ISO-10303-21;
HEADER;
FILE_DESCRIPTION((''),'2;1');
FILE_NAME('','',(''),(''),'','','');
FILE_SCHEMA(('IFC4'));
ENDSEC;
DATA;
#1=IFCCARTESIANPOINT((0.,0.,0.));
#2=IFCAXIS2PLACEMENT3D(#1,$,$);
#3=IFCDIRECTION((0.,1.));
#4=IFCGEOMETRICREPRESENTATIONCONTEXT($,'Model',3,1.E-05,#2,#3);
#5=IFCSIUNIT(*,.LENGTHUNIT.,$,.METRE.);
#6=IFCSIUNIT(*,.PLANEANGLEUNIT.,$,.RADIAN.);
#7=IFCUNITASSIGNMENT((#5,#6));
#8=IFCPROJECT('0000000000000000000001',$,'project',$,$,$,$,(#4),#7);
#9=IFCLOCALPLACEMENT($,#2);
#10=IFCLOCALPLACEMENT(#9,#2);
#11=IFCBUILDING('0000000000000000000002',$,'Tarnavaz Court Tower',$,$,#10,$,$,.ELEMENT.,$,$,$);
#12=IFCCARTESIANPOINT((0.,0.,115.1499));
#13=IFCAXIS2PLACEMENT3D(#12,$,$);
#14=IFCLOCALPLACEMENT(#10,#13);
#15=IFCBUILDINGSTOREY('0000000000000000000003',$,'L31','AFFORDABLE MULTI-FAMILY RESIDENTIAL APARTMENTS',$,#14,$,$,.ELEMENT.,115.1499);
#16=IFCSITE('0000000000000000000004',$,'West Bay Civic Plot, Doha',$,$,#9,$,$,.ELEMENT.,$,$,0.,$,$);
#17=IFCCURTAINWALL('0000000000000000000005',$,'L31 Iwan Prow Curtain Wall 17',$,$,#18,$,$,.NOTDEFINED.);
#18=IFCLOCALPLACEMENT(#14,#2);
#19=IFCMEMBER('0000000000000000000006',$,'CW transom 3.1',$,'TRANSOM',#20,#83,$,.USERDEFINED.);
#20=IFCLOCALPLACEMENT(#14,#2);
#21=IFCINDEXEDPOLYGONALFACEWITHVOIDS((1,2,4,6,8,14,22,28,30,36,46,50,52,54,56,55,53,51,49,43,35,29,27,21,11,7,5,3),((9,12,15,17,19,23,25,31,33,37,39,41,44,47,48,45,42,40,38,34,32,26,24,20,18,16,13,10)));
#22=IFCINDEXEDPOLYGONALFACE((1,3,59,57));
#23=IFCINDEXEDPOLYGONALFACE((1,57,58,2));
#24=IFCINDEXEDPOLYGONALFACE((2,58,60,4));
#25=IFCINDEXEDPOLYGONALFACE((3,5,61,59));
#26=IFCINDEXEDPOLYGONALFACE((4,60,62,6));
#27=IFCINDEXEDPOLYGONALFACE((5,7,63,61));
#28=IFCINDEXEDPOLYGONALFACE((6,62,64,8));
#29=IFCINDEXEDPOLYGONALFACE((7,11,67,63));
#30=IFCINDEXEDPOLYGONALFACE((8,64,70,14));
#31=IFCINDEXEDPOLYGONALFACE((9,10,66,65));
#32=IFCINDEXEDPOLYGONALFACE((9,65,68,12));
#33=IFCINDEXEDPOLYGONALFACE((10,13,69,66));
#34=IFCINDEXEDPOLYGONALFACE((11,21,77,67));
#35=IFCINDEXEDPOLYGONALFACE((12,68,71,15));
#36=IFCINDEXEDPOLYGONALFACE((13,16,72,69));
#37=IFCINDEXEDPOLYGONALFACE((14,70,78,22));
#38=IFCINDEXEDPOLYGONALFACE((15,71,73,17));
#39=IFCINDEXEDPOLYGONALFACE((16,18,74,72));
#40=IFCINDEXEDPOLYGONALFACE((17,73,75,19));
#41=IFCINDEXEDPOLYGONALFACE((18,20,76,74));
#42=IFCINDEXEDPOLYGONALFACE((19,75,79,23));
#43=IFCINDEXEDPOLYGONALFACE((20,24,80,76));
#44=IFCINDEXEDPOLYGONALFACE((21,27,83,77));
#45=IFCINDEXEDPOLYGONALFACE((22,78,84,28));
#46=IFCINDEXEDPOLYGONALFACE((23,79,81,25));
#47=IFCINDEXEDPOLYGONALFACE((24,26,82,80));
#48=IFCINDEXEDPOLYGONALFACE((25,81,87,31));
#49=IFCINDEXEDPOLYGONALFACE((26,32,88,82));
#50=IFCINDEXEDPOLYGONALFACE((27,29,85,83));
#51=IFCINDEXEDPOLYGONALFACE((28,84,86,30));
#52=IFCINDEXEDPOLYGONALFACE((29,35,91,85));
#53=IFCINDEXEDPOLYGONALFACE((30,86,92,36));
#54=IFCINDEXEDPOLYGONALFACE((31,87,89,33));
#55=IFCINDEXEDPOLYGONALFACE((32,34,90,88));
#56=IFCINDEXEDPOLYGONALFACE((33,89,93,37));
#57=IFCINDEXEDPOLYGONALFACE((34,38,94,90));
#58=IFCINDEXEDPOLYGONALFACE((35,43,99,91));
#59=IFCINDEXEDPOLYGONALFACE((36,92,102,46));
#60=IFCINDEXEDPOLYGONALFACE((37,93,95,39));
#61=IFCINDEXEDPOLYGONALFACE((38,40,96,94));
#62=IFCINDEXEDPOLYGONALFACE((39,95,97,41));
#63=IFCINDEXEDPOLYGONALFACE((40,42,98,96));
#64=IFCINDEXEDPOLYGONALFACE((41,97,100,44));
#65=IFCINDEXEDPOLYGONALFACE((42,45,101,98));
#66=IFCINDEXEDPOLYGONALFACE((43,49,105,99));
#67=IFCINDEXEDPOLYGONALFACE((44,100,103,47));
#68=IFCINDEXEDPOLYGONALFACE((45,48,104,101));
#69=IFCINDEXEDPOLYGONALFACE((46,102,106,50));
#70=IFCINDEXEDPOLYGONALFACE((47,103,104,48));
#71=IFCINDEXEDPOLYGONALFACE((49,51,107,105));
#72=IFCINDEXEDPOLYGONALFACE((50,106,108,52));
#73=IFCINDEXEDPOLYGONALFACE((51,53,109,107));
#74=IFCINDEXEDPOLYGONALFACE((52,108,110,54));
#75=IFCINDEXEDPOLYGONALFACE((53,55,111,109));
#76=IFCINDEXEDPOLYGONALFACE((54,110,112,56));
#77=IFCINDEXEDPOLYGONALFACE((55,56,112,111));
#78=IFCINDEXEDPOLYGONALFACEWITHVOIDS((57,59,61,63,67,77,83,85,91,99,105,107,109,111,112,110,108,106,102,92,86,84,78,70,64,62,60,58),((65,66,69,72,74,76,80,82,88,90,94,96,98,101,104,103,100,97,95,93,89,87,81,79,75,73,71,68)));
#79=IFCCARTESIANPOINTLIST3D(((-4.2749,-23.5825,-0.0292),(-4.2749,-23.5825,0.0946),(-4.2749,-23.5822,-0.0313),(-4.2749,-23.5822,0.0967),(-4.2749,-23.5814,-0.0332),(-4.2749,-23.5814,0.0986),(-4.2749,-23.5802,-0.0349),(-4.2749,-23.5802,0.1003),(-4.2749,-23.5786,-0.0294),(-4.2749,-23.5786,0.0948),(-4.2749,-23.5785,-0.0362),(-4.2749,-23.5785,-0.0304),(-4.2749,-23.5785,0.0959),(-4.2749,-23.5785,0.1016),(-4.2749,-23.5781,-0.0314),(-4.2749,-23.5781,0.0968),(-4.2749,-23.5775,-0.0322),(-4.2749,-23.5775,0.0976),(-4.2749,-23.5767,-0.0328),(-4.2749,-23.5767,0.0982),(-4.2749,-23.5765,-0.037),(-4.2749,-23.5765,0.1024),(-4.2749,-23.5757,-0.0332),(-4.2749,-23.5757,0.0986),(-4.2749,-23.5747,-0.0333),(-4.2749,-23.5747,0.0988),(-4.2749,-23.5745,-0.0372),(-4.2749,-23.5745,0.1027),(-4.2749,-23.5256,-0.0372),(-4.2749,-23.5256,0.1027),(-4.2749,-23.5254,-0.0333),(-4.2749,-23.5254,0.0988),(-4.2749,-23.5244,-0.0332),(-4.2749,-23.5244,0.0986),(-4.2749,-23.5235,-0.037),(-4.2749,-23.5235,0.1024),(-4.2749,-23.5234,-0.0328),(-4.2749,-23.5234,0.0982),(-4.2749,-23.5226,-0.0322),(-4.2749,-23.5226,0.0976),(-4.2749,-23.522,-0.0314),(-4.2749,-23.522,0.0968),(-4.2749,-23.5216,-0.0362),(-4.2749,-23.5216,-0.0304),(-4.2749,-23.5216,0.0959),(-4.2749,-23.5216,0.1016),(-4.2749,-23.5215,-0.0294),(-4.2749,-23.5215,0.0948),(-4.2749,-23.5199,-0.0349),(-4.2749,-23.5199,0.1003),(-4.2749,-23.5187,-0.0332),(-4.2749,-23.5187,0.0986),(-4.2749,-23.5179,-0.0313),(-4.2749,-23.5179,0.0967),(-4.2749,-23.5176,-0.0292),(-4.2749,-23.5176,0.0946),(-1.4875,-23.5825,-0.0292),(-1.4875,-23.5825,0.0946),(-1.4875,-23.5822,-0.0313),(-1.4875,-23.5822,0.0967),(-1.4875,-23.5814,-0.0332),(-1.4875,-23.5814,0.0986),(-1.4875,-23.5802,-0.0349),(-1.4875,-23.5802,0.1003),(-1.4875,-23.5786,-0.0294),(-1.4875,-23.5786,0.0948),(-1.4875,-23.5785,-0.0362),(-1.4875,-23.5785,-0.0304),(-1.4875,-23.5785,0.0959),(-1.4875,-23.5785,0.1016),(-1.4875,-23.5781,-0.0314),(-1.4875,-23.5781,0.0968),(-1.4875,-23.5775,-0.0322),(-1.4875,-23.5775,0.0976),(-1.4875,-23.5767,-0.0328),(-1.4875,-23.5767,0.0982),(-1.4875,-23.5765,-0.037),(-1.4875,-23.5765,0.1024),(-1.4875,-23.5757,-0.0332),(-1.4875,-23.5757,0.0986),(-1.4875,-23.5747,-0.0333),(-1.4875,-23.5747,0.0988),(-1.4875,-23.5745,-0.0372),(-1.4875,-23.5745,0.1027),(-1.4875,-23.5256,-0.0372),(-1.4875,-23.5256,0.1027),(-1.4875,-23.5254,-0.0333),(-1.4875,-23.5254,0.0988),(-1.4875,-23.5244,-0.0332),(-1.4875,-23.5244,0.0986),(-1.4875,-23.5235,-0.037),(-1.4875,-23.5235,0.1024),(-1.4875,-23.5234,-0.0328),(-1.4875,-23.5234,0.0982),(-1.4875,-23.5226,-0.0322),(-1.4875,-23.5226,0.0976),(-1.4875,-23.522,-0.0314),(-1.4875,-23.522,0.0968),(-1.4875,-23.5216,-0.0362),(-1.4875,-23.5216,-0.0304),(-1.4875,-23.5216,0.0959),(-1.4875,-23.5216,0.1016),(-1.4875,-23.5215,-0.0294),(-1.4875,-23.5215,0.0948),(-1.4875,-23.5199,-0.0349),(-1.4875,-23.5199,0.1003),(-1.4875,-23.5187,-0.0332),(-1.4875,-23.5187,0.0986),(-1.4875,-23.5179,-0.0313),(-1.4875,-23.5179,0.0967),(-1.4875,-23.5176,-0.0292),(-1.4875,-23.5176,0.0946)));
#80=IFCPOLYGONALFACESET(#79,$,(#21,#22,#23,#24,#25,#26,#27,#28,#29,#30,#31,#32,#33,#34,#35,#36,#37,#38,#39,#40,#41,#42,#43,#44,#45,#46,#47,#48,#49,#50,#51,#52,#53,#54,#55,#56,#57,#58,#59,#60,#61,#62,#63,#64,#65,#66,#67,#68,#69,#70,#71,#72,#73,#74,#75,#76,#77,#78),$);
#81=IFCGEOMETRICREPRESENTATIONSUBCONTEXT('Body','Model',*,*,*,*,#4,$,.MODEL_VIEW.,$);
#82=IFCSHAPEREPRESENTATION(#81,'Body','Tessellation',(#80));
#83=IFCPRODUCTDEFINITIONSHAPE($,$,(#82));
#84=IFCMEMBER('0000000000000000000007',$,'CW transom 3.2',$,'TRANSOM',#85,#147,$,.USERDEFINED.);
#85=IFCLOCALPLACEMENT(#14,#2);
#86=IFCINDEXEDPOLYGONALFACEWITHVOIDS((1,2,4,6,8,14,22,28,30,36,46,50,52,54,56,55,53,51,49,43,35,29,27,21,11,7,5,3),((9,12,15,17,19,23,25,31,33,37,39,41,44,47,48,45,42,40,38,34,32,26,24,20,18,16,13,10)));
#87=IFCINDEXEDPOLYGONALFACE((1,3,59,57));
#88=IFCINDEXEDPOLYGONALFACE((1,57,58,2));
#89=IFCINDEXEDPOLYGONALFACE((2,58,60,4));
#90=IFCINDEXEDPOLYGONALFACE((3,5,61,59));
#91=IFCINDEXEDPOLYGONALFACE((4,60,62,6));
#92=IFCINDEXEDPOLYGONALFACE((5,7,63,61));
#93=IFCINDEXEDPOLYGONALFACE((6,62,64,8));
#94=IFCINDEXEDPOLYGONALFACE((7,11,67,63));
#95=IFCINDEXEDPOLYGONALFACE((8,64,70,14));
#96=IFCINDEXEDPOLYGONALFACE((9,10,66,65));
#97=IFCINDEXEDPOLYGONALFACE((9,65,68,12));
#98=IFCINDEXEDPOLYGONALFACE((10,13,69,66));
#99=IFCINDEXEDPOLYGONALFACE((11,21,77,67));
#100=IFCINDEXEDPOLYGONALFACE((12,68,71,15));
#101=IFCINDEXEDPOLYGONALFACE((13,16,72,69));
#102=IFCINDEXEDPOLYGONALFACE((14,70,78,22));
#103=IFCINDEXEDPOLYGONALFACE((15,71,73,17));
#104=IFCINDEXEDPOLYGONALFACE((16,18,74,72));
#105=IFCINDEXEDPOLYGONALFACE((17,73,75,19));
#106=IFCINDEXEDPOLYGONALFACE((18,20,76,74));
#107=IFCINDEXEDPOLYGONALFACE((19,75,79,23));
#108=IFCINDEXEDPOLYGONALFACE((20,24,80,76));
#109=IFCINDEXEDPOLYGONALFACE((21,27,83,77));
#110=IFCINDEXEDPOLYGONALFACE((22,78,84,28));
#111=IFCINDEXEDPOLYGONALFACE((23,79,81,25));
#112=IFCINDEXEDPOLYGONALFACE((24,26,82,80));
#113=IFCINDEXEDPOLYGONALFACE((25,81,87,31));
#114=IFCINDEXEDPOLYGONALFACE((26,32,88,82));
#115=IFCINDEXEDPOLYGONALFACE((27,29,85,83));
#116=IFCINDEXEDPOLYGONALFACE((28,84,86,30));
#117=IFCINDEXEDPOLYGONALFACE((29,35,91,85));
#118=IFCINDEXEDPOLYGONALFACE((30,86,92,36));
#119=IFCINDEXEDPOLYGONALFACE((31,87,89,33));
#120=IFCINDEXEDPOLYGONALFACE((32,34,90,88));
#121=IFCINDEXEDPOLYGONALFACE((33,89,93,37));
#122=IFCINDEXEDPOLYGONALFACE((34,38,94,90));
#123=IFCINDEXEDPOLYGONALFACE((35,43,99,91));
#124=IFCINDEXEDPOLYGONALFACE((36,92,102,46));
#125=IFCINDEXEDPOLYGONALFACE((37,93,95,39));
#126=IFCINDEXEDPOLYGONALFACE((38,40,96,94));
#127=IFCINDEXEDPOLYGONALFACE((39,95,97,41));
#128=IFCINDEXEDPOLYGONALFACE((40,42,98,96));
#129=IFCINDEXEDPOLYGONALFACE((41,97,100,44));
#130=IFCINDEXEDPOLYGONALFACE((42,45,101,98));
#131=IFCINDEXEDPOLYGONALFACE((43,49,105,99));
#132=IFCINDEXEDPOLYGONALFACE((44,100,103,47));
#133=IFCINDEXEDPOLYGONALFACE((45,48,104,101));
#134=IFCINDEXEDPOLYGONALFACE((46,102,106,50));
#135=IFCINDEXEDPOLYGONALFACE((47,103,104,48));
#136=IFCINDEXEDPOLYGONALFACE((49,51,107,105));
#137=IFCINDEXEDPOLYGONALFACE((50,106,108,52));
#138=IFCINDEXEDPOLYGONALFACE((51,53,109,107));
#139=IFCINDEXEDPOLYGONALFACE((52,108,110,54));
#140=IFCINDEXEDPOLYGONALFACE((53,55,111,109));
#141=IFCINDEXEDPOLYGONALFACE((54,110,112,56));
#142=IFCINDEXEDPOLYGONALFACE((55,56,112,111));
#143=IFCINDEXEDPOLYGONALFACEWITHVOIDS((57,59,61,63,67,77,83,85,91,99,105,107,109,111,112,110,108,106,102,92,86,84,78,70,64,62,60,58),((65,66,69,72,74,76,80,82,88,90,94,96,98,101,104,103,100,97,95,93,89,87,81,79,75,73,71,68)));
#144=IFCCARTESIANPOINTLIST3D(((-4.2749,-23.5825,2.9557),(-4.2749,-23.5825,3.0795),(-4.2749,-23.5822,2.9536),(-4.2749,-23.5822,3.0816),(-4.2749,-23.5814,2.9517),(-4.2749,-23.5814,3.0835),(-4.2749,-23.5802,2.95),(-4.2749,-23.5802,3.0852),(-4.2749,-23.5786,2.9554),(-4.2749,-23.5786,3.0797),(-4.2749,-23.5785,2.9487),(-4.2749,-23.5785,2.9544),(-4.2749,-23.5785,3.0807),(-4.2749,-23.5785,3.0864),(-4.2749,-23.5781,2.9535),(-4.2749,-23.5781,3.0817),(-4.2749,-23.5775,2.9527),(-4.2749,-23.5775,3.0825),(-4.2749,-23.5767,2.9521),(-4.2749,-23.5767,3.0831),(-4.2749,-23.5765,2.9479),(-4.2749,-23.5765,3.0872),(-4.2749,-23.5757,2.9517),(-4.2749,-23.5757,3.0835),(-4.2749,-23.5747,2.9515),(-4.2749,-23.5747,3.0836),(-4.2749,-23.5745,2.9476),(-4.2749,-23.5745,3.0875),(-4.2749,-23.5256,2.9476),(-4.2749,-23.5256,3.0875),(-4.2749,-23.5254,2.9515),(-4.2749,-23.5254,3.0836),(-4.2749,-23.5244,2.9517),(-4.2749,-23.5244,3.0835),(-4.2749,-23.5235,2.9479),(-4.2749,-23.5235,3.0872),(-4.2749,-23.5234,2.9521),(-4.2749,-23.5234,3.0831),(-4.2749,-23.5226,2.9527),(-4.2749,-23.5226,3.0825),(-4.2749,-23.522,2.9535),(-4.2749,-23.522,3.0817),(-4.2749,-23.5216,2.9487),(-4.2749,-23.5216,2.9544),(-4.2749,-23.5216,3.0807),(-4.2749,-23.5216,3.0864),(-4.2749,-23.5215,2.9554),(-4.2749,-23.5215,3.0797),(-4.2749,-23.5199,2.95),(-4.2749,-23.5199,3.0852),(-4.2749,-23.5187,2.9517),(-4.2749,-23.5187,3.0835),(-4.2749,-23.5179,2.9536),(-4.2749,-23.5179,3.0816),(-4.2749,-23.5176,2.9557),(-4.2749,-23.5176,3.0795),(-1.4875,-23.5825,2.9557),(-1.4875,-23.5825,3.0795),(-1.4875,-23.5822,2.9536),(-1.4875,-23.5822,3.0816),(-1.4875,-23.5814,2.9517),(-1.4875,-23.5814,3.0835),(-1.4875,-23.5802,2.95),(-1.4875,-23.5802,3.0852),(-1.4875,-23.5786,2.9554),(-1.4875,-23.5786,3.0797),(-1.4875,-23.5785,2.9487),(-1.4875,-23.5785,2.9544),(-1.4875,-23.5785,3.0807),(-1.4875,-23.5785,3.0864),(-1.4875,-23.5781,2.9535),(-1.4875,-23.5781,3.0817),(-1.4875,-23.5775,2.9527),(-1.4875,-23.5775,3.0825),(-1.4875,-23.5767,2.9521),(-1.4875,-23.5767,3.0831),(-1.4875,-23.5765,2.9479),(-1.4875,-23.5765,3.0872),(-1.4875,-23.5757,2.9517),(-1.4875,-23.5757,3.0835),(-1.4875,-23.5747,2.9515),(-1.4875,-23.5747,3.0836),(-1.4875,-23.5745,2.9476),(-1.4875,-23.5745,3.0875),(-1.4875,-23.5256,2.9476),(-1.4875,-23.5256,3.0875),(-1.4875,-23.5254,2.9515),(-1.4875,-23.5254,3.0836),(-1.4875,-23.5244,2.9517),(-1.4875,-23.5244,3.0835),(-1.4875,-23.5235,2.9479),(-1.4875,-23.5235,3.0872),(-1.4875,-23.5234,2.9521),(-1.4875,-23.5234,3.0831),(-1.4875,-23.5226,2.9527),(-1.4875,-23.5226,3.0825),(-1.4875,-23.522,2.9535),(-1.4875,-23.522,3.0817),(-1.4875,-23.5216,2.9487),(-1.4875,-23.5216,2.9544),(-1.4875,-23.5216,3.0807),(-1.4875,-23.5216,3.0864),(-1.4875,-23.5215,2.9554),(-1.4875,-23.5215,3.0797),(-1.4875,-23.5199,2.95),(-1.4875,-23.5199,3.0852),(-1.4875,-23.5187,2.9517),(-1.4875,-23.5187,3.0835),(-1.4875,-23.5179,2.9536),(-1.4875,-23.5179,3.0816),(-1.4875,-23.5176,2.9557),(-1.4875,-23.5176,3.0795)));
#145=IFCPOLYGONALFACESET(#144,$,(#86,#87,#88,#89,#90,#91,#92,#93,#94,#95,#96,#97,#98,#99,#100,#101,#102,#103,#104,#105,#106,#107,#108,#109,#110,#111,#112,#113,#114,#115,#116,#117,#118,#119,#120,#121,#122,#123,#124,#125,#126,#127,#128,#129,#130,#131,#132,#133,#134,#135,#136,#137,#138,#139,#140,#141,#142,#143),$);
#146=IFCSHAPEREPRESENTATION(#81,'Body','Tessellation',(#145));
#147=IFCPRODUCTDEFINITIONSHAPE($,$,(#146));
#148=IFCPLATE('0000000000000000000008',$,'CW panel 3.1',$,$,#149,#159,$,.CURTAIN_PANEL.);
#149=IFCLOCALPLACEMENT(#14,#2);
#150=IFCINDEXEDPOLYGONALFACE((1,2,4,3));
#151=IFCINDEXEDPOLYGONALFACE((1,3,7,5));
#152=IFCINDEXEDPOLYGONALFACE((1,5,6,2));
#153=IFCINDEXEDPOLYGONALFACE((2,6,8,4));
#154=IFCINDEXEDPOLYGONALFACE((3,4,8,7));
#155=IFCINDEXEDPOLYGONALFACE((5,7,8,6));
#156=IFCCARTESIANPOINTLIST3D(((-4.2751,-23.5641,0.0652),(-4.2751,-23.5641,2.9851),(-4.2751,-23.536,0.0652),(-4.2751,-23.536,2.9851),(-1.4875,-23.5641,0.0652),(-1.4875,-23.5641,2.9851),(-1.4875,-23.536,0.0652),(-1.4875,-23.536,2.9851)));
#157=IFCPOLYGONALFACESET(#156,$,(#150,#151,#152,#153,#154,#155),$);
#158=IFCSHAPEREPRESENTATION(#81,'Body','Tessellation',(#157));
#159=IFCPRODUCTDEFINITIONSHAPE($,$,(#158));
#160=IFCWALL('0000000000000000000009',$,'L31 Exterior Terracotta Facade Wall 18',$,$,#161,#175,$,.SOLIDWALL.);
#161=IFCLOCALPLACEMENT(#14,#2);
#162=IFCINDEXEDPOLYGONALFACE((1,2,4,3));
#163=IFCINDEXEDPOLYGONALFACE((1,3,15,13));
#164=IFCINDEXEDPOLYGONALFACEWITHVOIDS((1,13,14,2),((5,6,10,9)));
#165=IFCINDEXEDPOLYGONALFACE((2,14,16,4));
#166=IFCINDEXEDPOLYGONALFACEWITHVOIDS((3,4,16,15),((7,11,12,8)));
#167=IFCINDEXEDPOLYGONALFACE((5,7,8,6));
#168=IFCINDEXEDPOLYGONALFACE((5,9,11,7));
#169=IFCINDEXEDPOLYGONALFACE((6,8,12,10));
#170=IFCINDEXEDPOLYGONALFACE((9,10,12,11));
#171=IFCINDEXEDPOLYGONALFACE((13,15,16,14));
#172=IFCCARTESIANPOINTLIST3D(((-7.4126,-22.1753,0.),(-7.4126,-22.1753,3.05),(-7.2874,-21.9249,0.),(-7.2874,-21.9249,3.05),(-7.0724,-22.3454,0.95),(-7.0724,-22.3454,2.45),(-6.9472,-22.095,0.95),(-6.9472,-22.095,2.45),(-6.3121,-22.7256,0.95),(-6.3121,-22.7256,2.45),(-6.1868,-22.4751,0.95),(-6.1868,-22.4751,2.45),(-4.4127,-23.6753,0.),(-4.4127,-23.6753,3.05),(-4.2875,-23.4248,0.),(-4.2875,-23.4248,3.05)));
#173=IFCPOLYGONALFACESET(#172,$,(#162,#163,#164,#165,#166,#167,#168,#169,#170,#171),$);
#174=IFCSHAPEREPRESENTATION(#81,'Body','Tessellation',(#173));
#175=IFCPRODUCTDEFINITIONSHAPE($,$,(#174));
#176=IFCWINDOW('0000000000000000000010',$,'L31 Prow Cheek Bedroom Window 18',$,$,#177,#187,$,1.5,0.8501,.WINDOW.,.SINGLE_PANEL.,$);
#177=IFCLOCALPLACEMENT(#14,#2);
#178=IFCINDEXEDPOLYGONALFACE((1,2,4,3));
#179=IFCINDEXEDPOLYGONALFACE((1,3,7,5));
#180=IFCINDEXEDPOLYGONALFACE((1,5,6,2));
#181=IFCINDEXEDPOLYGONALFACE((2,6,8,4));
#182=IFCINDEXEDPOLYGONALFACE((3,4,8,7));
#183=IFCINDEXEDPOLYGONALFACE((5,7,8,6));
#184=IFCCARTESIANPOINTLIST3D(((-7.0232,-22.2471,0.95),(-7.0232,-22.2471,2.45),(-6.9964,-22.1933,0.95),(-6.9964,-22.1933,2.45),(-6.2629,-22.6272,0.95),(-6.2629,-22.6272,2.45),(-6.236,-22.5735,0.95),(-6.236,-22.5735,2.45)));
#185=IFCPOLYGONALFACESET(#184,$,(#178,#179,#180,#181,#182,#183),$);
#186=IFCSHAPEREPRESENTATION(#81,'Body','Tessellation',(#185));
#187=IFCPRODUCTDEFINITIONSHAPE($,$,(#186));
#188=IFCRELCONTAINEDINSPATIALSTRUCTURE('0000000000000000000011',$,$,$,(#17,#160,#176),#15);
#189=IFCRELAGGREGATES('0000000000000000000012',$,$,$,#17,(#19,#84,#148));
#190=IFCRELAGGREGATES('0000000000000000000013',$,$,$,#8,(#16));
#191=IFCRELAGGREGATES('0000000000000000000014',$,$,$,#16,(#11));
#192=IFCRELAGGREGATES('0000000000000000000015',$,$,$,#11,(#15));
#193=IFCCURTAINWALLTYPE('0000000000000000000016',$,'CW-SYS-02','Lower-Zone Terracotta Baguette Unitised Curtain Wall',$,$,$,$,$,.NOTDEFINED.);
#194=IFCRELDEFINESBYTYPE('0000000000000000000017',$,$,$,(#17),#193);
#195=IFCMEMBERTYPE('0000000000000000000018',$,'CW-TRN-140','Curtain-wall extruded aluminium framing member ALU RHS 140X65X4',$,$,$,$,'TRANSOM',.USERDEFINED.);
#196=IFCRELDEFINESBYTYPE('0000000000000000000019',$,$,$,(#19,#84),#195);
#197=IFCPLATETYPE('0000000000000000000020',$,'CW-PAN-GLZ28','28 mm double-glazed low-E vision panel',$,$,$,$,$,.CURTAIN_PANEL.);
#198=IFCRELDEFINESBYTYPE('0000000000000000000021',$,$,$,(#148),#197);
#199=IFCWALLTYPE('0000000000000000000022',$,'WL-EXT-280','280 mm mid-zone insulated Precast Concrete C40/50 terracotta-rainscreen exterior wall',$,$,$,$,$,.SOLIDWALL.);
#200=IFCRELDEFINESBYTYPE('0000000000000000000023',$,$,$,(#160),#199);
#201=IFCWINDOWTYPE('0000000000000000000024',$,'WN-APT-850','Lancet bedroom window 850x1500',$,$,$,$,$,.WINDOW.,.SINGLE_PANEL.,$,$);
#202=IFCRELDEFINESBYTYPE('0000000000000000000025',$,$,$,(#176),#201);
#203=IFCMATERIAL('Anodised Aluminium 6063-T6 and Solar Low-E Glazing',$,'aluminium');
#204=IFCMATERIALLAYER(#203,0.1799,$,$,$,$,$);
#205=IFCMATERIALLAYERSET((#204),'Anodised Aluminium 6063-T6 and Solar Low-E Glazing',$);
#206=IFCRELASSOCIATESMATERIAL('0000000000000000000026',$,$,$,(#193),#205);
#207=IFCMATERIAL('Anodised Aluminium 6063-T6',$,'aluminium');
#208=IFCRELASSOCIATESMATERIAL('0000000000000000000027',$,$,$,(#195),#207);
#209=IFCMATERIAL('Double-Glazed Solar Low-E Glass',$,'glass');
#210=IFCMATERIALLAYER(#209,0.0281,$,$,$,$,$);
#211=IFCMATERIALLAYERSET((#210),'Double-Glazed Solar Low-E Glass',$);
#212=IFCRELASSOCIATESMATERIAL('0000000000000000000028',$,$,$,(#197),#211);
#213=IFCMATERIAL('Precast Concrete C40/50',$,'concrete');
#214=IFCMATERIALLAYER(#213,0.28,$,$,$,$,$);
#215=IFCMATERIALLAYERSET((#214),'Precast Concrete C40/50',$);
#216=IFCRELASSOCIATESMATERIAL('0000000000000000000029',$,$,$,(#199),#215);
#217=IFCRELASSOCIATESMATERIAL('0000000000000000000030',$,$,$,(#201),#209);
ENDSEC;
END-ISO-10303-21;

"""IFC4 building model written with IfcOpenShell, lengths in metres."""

from ifc_helpers import new_model, si_unit, direction, frame, frame_2d, origin, origin_2d, place, context, subcontext, project, spatial, rectangle, hollow_rectangle, extrude, material, layer, layer_set, material_profile, profile_set, type_object, element, fill, aggregate, save


model = new_model("IFC4")

# Units and contexts
model_context = context("Model", 3, precision=1e-05, world=origin(), true_north=direction((0.0, 1.0)))
body_context = subcontext(model_context, "Body", "Model", "MODEL_VIEW")
ifc_project = project(units=[si_unit("LENGTHUNIT", "METRE"), si_unit("PLANEANGLEUNIT", "RADIAN")], contexts=[model_context])

# Site, building, storey
site_placement = place(None, origin())
site = spatial("IfcSite", under=ifc_project, at=site_placement, Name="West Bay Civic Plot, Doha", CompositionType="ELEMENT", RefElevation=0.0)
building_placement = place(site_placement, origin())
building = spatial("IfcBuilding", under=site, at=building_placement, Name="Tarnavaz Court Tower", CompositionType="ELEMENT")
storey_placement = place(building_placement, frame((0.0, 0.0, 115.1499)))
storey = spatial("IfcBuildingStorey", under=building, at=storey_placement, Name="L31", Description="AFFORDABLE MULTI-FAMILY RESIDENTIAL APARTMENTS", CompositionType="ELEMENT", Elevation=115.1499)

# Curtain wall, members, plate
ifc_material_1 = material(Name="Anodised Aluminium 6063-T6 and Solar Low-E Glazing", Category="aluminium")
ifc_layer_1 = layer(ifc_material_1, 0.1799)
ifc_layer_set_1 = layer_set([ifc_layer_1], Name="Anodised Aluminium 6063-T6 and Solar Low-E Glazing")
curtain_wall_type = type_object("IfcCurtainWallType", Name="CW-SYS-02", Description="Lower-Zone Terracotta Baguette Unitised Curtain Wall", PredefinedType="NOTDEFINED", material=ifc_layer_set_1)
curtain_wall_placement = place(storey_placement, origin())
curtain_wall = element("IfcCurtainWall", 1, at=curtain_wall_placement, inside=storey, type_object=curtain_wall_type, Name="L31 Iwan Prow Curtain Wall 17", PredefinedType="NOTDEFINED")
ifc_material_2 = material(Name="Anodised Aluminium 6063-T6", Category="aluminium")
ifc_material_profile_1 = material_profile(ifc_material_2, hollow_rectangle(XDim=0.0649, YDim=0.1399, WallThickness=0.0039, InnerFilletRadius=0.0039, OuterFilletRadius=0.0081, at=origin_2d()), Name="ALU RHS 140X65X4")
ifc_profile_set_1 = profile_set([ifc_material_profile_1], Name="Anodised Aluminium 6063-T6")
member_type_1 = type_object("IfcMemberType", Name="CW-TRN-140", Description="Curtain-wall extruded aluminium framing member ALU RHS 140X65X4", ElementType="TRANSOM", PredefinedType="USERDEFINED", material=ifc_profile_set_1)
member_1_placement = place(storey_placement, frame((-1.4875, -23.55, 0.0327), z_axis=(-1.0, 0.0, 0.0), x_axis=(0.0, -1.0, 0.0)))
member_1 = element("IfcMember", 2, at=member_1_placement, type_object=member_type_1, Name="CW transom 3.1", ObjectType="TRANSOM", PredefinedType="USERDEFINED", context=body_context, shape_type="SweptSolid", body=[
    extrude(hollow_rectangle(XDim=0.0649, YDim=0.1399, WallThickness=0.0039, InnerFilletRadius=0.0039, OuterFilletRadius=0.0081, at=origin_2d()), origin(), (0.0, 0.0, 1.0), 2.7874),
])
member_2_placement = place(storey_placement, frame((-1.4875, -23.55, 3.0176), z_axis=(-1.0, 0.0, 0.0), x_axis=(0.0, -1.0, 0.0)))
member_2 = element("IfcMember", 3, at=member_2_placement, type_object=member_type_1, Name="CW transom 3.2", ObjectType="TRANSOM", PredefinedType="USERDEFINED", context=body_context, shape_type="SweptSolid", body=[
    extrude(hollow_rectangle(XDim=0.0649, YDim=0.1399, WallThickness=0.0039, InnerFilletRadius=0.0039, OuterFilletRadius=0.0081, at=origin_2d()), origin(), (0.0, 0.0, 1.0), 2.7874),
])
ifc_material_3 = material(Name="Double-Glazed Solar Low-E Glass", Category="glass")
ifc_layer_2 = layer(ifc_material_3, 0.0281)
ifc_layer_set_2 = layer_set([ifc_layer_2], Name="Double-Glazed Solar Low-E Glass")
plate_type = type_object("IfcPlateType", Name="CW-PAN-GLZ28", Description="28 mm double-glazed low-E vision panel", PredefinedType="CURTAIN_PANEL", material=ifc_layer_set_2)
plate_placement = place(storey_placement, frame((-2.8813, -23.55, 0.0652), z_axis=(0.0, 0.0, 1.0), x_axis=(-1.0, 0.0, 0.0)))
plate = element("IfcPlate", 4, at=plate_placement, type_object=plate_type, Name="CW panel 3.1", PredefinedType="CURTAIN_PANEL", context=body_context, shape_type="SweptSolid", body=[
    extrude(rectangle(XDim=2.7876, YDim=0.0281, at=origin_2d()), origin(), (0.0, 0.0, 1.0), 2.9199),
])
aggregate(curtain_wall, [member_1, member_2, plate])

# Wall, opening, window
ifc_material_4 = material(Name="Precast Concrete C40/50", Category="concrete")
ifc_layer_3 = layer(ifc_material_4, 0.28)
ifc_layer_set_3 = layer_set([ifc_layer_3], Name="Precast Concrete C40/50")
wall_type_1 = type_object("IfcWallType", Name="WL-EXT-280", Description="280 mm mid-zone insulated Precast Concrete C40/50 terracotta-rainscreen exterior wall", PredefinedType="SOLIDWALL", material=ifc_layer_set_3)
wall_1_placement = place(storey_placement, frame((-4.3501, -23.55, 0.0), z_axis=(0.0, 0.0, 1.0), x_axis=(-0.894427, 0.447214, 0.0)))
wall_1 = element("IfcWall", 5, at=wall_1_placement, inside=storey, type_object=wall_type_1, Name="L31 Exterior Terracotta Facade Wall 18", PredefinedType="SOLIDWALL", context=body_context, shape_type="SweptSolid", body=[
    extrude(rectangle(XDim=3.354, YDim=0.28, at=frame_2d((1.677, 0.0))), origin(), (0.0, 0.0, 1.0), 3.05),
])
opening_1_placement = place(wall_1_placement, frame((2.1235, 0.0, 0.95)))
opening_1 = element("IfcOpeningElement", 6, at=opening_1_placement, cuts=wall_1, PredefinedType="OPENING", context=body_context, shape_type="SweptSolid", body=[
    extrude(rectangle(XDim=0.8501, YDim=1.5, at=frame_2d((0.425, 0.75))), frame((0.0, 0.1499, 0.0), z_axis=(0.0, -1.0, 0.0), x_axis=(1.0, 0.0, 0.0)), (0.0, 0.0, 1.0), 0.3),
])
window_type_1 = type_object("IfcWindowType", Name="WN-APT-850", Description="Lancet bedroom window 850x1500", PartitioningType="SINGLE_PANEL", PredefinedType="WINDOW", material=ifc_material_3)
window_1_placement = place(opening_1_placement, origin())
window_1 = element("IfcWindow", 7, at=window_1_placement, inside=storey, type_object=window_type_1, Name="L31 Prow Cheek Bedroom Window 18", OverallHeight=1.5, OverallWidth=0.8501, PartitioningType="SINGLE_PANEL", PredefinedType="WINDOW", context=body_context, shape_type="SweptSolid", body=[
    extrude(rectangle(XDim=0.8501, YDim=1.5, at=frame_2d((0.425, 0.75))), frame((0.0, 0.03, 0.0), z_axis=(0.0, -1.0, 0.0), x_axis=(1.0, 0.0, 0.0)), (0.0, 0.0, 1.0), 0.0601),
])
fill(opening_1, window_1)

save(model, "model.ifc")
